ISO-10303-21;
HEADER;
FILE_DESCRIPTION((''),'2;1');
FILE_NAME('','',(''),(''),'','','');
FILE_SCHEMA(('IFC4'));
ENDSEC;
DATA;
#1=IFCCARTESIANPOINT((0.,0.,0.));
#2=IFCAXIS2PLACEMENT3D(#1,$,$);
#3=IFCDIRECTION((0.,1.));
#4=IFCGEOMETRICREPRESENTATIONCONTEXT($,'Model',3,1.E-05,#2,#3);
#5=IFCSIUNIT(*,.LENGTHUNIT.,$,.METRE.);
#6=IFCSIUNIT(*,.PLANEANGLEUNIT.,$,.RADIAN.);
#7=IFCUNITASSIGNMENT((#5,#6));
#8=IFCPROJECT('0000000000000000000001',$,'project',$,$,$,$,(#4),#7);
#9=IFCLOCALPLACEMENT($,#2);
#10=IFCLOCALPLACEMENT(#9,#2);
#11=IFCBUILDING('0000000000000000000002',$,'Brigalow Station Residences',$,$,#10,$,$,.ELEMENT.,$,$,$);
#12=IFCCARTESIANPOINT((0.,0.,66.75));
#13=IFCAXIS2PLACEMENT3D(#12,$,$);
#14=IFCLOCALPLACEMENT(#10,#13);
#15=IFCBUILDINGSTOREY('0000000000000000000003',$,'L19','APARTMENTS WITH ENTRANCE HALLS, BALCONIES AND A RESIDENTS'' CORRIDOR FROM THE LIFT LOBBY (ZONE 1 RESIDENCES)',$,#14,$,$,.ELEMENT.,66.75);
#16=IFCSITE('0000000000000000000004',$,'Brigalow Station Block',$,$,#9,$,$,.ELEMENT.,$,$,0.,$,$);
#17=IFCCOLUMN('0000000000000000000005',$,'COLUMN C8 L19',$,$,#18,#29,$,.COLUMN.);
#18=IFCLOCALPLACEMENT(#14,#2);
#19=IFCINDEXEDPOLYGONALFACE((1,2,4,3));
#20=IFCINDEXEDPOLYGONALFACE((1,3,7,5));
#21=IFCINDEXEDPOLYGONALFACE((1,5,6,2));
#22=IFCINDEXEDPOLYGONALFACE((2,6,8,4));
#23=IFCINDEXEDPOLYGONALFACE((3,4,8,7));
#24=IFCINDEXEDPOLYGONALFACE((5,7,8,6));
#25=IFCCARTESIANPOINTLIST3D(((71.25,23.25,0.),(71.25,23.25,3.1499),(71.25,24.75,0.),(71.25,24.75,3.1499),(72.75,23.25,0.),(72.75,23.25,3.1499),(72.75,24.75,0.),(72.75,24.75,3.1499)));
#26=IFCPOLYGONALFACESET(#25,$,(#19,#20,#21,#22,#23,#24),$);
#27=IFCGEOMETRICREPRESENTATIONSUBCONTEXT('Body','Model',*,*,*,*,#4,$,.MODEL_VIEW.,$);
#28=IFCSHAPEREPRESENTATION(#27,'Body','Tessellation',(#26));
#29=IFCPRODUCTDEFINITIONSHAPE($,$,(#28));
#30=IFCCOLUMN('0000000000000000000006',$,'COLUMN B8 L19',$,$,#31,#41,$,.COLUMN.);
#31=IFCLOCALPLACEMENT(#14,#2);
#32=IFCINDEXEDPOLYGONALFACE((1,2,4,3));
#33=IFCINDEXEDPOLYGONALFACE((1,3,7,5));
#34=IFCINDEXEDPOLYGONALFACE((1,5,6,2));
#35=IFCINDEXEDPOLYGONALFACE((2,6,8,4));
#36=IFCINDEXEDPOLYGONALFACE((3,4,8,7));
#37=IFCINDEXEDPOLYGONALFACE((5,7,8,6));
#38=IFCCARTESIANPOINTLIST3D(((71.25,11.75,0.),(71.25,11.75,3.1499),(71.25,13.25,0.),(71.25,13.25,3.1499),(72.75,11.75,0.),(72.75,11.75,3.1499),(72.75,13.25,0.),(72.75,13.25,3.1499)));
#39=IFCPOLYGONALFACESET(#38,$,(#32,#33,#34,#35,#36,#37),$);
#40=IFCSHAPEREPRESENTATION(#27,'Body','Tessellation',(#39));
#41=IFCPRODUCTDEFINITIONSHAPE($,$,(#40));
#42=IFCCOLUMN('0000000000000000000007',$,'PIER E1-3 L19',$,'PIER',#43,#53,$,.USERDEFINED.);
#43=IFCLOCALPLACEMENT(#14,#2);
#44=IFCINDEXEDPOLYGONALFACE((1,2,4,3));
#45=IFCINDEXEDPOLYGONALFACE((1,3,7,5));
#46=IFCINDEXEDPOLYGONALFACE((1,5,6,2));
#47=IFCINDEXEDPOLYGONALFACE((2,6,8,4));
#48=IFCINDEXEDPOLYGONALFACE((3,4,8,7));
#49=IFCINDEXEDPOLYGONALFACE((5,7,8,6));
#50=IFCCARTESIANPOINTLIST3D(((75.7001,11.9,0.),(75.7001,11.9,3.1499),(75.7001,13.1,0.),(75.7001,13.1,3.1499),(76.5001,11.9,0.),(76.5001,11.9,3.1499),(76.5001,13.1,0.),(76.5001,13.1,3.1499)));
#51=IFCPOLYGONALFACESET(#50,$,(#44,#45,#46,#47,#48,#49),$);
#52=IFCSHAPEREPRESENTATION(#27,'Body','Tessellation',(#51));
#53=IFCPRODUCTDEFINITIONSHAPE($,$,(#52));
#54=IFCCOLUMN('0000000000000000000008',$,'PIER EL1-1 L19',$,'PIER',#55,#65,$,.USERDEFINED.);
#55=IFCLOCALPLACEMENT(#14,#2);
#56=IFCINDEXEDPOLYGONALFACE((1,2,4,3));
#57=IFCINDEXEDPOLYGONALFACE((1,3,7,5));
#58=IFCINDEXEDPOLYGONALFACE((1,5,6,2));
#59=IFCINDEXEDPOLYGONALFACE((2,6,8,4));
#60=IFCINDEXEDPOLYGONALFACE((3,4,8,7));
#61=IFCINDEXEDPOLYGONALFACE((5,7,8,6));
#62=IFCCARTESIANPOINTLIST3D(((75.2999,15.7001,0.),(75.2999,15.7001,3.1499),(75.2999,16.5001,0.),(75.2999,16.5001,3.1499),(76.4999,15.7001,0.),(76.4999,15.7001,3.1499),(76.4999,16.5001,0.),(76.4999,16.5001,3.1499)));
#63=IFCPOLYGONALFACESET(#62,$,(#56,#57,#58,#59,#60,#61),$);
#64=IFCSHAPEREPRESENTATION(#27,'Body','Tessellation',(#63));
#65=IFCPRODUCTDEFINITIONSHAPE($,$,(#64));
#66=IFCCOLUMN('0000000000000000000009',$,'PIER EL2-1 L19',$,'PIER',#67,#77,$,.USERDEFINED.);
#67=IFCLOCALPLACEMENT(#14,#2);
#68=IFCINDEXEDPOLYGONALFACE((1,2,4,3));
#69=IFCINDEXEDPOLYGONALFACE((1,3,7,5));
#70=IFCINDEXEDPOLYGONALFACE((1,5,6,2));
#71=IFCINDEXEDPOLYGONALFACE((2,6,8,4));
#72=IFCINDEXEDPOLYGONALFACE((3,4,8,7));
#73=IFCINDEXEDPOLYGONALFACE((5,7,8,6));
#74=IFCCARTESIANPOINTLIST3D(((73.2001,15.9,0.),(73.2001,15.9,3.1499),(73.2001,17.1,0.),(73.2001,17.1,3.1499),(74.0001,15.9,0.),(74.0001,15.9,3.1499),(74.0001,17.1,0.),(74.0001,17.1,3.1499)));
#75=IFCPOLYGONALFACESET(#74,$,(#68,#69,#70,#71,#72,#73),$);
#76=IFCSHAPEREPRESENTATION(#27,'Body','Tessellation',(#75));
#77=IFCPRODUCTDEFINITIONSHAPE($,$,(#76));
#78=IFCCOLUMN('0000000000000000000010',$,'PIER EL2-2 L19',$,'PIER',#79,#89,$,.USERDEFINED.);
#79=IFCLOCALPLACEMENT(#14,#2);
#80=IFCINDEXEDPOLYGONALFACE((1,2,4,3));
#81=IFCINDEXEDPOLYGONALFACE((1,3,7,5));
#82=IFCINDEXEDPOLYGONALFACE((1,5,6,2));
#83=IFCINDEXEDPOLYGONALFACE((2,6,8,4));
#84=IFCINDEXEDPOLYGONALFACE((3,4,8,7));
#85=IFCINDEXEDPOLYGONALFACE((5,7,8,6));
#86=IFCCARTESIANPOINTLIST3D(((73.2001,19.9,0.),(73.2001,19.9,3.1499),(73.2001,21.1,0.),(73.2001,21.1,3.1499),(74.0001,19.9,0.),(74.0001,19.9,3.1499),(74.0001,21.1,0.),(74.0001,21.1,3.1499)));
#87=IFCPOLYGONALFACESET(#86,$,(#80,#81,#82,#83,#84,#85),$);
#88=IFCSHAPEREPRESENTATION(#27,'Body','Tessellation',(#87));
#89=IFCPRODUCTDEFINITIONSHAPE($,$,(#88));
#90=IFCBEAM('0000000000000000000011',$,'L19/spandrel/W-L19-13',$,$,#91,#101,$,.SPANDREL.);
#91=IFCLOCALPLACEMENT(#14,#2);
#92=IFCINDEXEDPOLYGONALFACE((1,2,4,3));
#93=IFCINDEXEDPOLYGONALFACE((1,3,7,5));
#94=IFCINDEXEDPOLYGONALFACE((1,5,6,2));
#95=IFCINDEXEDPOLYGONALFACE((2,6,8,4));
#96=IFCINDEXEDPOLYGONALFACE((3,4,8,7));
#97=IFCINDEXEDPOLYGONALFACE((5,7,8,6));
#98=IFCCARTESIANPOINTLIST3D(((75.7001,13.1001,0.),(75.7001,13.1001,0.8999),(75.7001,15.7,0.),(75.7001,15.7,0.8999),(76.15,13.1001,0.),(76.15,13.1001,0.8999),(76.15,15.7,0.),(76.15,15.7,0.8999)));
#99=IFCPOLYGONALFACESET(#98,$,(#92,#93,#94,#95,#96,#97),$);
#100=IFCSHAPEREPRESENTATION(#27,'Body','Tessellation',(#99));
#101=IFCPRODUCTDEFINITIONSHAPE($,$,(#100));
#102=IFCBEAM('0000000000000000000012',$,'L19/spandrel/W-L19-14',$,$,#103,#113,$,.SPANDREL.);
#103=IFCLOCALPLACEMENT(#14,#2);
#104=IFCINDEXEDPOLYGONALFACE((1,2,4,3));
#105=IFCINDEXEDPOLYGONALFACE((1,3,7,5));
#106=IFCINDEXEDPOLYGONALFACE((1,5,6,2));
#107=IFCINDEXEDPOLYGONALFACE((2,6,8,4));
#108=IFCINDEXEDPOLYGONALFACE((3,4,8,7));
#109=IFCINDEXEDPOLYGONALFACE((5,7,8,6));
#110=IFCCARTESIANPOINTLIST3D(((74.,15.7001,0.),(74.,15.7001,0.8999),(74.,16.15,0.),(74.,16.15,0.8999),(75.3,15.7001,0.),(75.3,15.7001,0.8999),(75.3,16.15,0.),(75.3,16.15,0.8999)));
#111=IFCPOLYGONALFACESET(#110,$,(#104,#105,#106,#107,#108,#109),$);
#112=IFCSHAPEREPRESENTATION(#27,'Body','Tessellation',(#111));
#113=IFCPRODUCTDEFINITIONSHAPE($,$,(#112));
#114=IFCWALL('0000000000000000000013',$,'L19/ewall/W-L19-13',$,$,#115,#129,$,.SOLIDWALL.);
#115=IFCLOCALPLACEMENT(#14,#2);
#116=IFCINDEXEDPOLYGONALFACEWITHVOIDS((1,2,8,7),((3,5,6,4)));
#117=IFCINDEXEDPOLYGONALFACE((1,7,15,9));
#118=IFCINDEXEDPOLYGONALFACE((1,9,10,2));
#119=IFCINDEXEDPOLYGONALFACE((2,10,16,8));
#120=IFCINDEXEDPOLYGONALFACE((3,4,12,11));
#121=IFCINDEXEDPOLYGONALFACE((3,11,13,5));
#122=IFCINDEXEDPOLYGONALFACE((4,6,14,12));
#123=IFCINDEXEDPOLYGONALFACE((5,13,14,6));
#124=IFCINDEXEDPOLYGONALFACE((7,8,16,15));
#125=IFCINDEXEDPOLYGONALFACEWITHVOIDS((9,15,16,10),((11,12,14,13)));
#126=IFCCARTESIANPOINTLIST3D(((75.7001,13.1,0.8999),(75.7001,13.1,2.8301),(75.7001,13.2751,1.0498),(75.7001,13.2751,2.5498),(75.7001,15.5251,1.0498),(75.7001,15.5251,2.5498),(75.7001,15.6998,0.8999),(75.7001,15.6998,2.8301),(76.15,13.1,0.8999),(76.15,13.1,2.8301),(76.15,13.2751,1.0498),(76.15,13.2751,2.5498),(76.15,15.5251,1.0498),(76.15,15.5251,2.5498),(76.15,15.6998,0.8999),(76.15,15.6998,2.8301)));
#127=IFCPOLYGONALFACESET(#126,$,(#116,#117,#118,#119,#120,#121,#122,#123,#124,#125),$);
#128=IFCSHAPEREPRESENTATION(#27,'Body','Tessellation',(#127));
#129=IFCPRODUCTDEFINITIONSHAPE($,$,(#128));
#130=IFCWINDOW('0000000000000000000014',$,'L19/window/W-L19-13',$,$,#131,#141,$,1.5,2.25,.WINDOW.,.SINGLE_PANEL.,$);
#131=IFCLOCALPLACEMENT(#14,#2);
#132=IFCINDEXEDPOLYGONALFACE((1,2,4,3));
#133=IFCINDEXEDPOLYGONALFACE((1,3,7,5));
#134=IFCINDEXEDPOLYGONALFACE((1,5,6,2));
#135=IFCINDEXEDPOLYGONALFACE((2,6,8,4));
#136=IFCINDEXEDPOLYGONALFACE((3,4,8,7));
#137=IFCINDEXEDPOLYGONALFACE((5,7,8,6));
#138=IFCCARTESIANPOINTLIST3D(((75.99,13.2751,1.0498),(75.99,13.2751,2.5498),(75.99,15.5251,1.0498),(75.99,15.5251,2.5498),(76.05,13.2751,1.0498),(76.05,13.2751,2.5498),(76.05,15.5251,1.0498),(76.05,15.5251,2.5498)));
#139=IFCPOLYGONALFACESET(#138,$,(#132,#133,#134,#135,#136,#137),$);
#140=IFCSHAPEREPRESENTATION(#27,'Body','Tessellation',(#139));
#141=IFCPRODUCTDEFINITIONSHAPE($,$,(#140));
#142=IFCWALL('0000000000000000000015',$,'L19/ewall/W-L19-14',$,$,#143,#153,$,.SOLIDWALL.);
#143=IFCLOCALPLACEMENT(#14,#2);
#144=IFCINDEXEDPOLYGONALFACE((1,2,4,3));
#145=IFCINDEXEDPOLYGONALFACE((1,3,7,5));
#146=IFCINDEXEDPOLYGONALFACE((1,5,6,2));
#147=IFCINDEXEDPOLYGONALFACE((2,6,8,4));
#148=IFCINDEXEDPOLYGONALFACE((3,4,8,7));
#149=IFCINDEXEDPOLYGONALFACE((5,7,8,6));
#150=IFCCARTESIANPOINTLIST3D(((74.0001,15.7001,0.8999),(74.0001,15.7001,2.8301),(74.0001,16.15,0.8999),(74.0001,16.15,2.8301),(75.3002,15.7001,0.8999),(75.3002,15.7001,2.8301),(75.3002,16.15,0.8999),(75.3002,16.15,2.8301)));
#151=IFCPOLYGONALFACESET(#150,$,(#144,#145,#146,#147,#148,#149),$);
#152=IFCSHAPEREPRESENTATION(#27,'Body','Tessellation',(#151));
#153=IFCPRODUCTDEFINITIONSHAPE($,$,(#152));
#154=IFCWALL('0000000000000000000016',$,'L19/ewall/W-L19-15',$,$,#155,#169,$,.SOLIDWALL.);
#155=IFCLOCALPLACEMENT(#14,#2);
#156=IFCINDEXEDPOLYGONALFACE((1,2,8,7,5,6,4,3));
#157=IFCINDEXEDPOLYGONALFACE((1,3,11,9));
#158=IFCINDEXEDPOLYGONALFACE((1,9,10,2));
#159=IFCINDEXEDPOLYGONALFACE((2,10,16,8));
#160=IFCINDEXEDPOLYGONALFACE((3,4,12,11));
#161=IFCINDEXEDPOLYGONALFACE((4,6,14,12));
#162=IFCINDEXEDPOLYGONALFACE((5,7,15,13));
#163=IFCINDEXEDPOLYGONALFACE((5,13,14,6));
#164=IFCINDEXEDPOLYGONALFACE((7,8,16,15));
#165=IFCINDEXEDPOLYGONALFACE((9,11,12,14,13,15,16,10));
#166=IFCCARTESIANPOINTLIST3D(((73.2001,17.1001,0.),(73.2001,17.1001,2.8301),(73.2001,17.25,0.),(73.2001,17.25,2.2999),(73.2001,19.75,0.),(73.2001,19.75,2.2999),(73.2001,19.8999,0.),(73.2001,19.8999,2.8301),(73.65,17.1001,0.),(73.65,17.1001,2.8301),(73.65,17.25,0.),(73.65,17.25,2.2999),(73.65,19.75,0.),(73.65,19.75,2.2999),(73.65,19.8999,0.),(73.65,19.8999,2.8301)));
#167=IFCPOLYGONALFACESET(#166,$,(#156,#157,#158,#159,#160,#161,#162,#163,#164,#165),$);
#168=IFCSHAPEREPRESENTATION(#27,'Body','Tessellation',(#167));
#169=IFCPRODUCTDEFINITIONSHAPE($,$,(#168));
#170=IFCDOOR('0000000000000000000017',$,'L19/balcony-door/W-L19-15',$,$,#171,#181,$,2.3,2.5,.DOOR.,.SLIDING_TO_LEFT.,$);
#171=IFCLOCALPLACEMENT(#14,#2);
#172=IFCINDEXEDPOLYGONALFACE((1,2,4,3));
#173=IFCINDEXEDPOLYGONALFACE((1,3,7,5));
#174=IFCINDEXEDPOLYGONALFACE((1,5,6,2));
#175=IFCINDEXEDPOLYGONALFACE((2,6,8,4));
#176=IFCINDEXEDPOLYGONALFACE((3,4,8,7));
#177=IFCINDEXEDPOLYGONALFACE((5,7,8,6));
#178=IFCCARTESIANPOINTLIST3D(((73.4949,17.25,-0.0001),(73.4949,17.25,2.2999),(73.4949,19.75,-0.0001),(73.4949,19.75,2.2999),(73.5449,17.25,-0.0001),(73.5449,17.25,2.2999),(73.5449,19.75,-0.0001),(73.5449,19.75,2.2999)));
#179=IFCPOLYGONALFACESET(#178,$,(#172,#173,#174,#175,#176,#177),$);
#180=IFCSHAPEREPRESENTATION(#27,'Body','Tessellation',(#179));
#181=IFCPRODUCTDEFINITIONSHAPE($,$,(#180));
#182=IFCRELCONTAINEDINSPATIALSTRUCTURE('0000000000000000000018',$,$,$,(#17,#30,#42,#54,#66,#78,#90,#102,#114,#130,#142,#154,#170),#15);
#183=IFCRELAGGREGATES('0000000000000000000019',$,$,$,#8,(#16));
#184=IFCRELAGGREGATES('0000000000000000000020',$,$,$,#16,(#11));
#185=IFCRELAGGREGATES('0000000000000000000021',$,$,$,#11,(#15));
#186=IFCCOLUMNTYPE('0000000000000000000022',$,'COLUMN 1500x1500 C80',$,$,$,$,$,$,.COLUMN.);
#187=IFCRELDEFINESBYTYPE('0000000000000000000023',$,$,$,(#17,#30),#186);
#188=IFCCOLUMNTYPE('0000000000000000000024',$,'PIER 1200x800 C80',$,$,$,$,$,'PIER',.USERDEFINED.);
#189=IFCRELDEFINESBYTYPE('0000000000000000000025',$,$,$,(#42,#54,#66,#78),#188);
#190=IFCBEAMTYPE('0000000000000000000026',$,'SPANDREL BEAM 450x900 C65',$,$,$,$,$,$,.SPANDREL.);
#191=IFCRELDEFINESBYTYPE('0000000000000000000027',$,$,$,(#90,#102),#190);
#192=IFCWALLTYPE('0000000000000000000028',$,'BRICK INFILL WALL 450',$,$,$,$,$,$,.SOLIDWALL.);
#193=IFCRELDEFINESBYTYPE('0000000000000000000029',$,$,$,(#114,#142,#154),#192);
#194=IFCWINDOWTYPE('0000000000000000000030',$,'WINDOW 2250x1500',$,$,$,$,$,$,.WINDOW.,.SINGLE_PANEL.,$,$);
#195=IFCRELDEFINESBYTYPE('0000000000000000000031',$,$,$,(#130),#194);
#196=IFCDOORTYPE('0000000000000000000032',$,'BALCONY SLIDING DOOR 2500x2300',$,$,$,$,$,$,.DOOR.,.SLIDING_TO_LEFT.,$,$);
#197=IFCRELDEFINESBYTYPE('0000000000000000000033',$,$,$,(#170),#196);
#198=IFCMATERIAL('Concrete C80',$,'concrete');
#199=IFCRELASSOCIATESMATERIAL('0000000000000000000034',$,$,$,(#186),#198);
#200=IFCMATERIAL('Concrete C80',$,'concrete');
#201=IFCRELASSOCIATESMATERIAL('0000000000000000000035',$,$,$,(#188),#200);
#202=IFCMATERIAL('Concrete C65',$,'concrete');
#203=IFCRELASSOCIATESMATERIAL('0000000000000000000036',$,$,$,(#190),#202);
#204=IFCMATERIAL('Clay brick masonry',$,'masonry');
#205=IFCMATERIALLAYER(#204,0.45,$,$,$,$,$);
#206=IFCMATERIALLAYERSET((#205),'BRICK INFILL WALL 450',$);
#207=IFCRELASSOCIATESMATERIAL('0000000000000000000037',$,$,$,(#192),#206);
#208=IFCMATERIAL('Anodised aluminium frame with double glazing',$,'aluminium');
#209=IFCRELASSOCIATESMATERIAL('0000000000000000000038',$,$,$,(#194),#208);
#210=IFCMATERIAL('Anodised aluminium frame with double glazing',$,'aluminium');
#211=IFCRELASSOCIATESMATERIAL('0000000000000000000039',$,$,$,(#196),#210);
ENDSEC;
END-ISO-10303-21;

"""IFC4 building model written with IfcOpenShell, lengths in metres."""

from ifc_helpers import new_model, si_unit, direction, frame, frame_2d, origin, origin_2d, place, context, subcontext, project, spatial, rectangle, extrude, material, layer, layer_set, material_profile, profile_set, type_object, element, fill, save


model = new_model("IFC4")

# Units and contexts
model_context = context("Model", 3, precision=1e-05, world=origin(), true_north=direction((0.0, 1.0)))
body_context = subcontext(model_context, "Body", "Model", "MODEL_VIEW")
ifc_project = project(units=[si_unit("LENGTHUNIT", "METRE"), si_unit("PLANEANGLEUNIT", "RADIAN")], contexts=[model_context])

# Site, building, storey
site_placement = place(None, origin())
site = spatial("IfcSite", under=ifc_project, at=site_placement, Name="Brigalow Station Block", CompositionType="ELEMENT", RefElevation=0.0)
building_placement = place(site_placement, origin())
building = spatial("IfcBuilding", under=site, at=building_placement, Name="Brigalow Station Residences", CompositionType="ELEMENT")
storey_placement = place(building_placement, frame((0.0, 0.0, 66.75)))
storey = spatial("IfcBuildingStorey", under=building, at=storey_placement, Name="L19", Description="APARTMENTS WITH ENTRANCE HALLS, BALCONIES AND A RESIDENTS' CORRIDOR FROM THE LIFT LOBBY (ZONE 1 RESIDENCES)", CompositionType="ELEMENT", Elevation=66.75)

# Columns
ifc_material_1 = material(Name="Concrete C80", Category="concrete")
ifc_material_profile_1 = material_profile(ifc_material_1, rectangle(XDim=1.5, YDim=1.5, at=origin_2d()), Name="RC1500x1500")
ifc_profile_set_1 = profile_set([ifc_material_profile_1], Name="Concrete C80")
column_type_1 = type_object("IfcColumnType", Name="COLUMN 1500x1500 C80", PredefinedType="COLUMN", material=ifc_profile_set_1)
for number, where, z_axis, x_axis, name in (
    (1, (72.0, 24.0, 0.0), (0.0, 0.0, 1.0), (1.0, 0.0, 0.0), "COLUMN C8 L19"),
    (2, (72.0, 12.5, 0.0), (0.0, 0.0, 1.0), (1.0, 0.0, 0.0), "COLUMN B8 L19"),
):
    element("IfcColumn", number, at=place(storey_placement, frame(where, z_axis=z_axis, x_axis=x_axis)), inside=storey, type_object=column_type_1, Name=name, PredefinedType="COLUMN", context=body_context, shape_type="SweptSolid", body=[
        extrude(rectangle(XDim=1.5, YDim=1.5, at=origin_2d()), origin(), (0.0, 0.0, 1.0), 3.1499),
    ])
ifc_material_2 = material(Name="Concrete C80", Category="concrete")
ifc_material_profile_2 = material_profile(ifc_material_2, rectangle(XDim=1.2, YDim=0.8, at=origin_2d()), Name="RC1200x800")
ifc_profile_set_2 = profile_set([ifc_material_profile_2], Name="Concrete C80")
column_type_2 = type_object("IfcColumnType", Name="PIER 1200x800 C80", ElementType="PIER", PredefinedType="USERDEFINED", material=ifc_profile_set_2)
for number, where, z_axis, x_axis, name in (
    (3, (76.1001, 12.5, 0.0), (0.0, 0.0, 1.0), (0.0, 1.0, 0.0), "PIER E1-3 L19"),
    (4, (75.8999, 16.1001, 0.0), (0.0, 0.0, 1.0), (-1.0, 0.0, 0.0), "PIER EL1-1 L19"),
    (5, (73.6001, 16.5, 0.0), (0.0, 0.0, 1.0), (0.0, 1.0, 0.0), "PIER EL2-1 L19"),
    (6, (73.6001, 20.5, 0.0), (0.0, 0.0, 1.0), (0.0, 1.0, 0.0), "PIER EL2-2 L19"),
):
    element("IfcColumn", number, at=place(storey_placement, frame(where, z_axis=z_axis, x_axis=x_axis)), inside=storey, type_object=column_type_2, Name=name, ObjectType="PIER", PredefinedType="USERDEFINED", context=body_context, shape_type="SweptSolid", body=[
        extrude(rectangle(XDim=1.2, YDim=0.8, at=origin_2d()), origin(), (0.0, 0.0, 1.0), 3.1499),
    ])

# Beams
ifc_material_3 = material(Name="Concrete C65", Category="concrete")
ifc_material_profile_3 = material_profile(ifc_material_3, rectangle(XDim=0.45, YDim=0.8999, at=origin_2d()), Name="RC450x900")
ifc_profile_set_3 = profile_set([ifc_material_profile_3], Name="Concrete C65")
beam_type = type_object("IfcBeamType", Name="SPANDREL BEAM 450x900 C65", PredefinedType="SPANDREL", material=ifc_profile_set_3)
beam_1_placement = place(storey_placement, frame((75.925, 13.1001, 0.45), z_axis=(0.0, 1.0, 0.0), x_axis=(-1.0, 0.0, 0.0)))
element("IfcBeam", 7, at=beam_1_placement, inside=storey, type_object=beam_type, Name="L19/spandrel/W-L19-13", PredefinedType="SPANDREL", context=body_context, shape_type="SweptSolid", body=[
    extrude(rectangle(XDim=0.45, YDim=0.8999, at=origin_2d()), origin(), (0.0, 0.0, 1.0), 2.5999),
])
beam_2_placement = place(storey_placement, frame((75.3, 15.925, 0.45), z_axis=(-1.0, 0.0, 0.0), x_axis=(0.0, -1.0, 0.0)))
element("IfcBeam", 8, at=beam_2_placement, inside=storey, type_object=beam_type, Name="L19/spandrel/W-L19-14", PredefinedType="SPANDREL", context=body_context, shape_type="SweptSolid", body=[
    extrude(rectangle(XDim=0.45, YDim=0.8999, at=origin_2d()), origin(), (0.0, 0.0, 1.0), 1.3),
])

# Wall, opening, window
ifc_material_4 = material(Name="Clay brick masonry", Category="masonry")
ifc_layer_1 = layer(ifc_material_4, 0.45)
ifc_layer_set_1 = layer_set([ifc_layer_1], Name="BRICK INFILL WALL 450")
wall_type_1 = type_object("IfcWallType", Name="BRICK INFILL WALL 450", PredefinedType="SOLIDWALL", material=ifc_layer_set_1)
wall_1_placement = place(storey_placement, frame((75.925, 13.1001, 0.8999), z_axis=(0.0, 0.0, 1.0), x_axis=(0.0, 1.0, 0.0)))
wall_1 = element("IfcWall", 9, at=wall_1_placement, inside=storey, type_object=wall_type_1, Name="L19/ewall/W-L19-13", PredefinedType="SOLIDWALL", context=body_context, shape_type="SweptSolid", body=[
    extrude(rectangle(XDim=2.5999, YDim=0.45, at=frame_2d((1.2998, 0.0))), origin(), (0.0, 0.0, 1.0), 1.9302),
])
opening_1_placement = place(wall_1_placement, frame((0.175, 0.0, 0.1499)))
opening_1 = element("IfcOpeningElement", 10, at=opening_1_placement, cuts=wall_1, PredefinedType="OPENING", context=body_context, shape_type="SweptSolid", body=[
    extrude(rectangle(XDim=2.25, YDim=1.5, at=frame_2d((1.125, 0.75))), frame((0.0, 0.2349, 0.0), z_axis=(0.0, -1.0, 0.0), x_axis=(1.0, 0.0, 0.0)), (0.0, 0.0, 1.0), 0.47),
])
ifc_material_5 = material(Name="Anodised aluminium frame with double glazing", Category="aluminium")
window_type = type_object("IfcWindowType", Name="WINDOW 2250x1500", PartitioningType="SINGLE_PANEL", PredefinedType="WINDOW", material=ifc_material_5)
window_placement = place(opening_1_placement, origin())
window = element("IfcWindow", 11, at=window_placement, inside=storey, type_object=window_type, Name="L19/window/W-L19-13", OverallHeight=1.5, OverallWidth=2.25, PartitioningType="SINGLE_PANEL", PredefinedType="WINDOW", context=body_context, shape_type="SweptSolid", body=[
    extrude(rectangle(XDim=2.25, YDim=1.5, at=frame_2d((1.125, 0.75))), frame((0.0, -0.0649, 0.0), z_axis=(0.0, -1.0, 0.0), x_axis=(1.0, 0.0, 0.0)), (0.0, 0.0, 1.0), 0.0601),
])
fill(opening_1, window)

# Wall
wall_2_placement = place(storey_placement, frame((75.3, 15.925, 0.8999), z_axis=(0.0, 0.0, 1.0), x_axis=(-1.0, 0.0, 0.0)))
element("IfcWall", 12, at=wall_2_placement, inside=storey, type_object=wall_type_1, Name="L19/ewall/W-L19-14", PredefinedType="SOLIDWALL", context=body_context, shape_type="SweptSolid", body=[
    extrude(rectangle(XDim=1.3, YDim=0.45, at=frame_2d((0.6499, 0.0))), origin(), (0.0, 0.0, 1.0), 1.9302),
])

# Wall, opening, door
wall_3_placement = place(storey_placement, frame((73.425, 17.1001, 0.0), z_axis=(0.0, 0.0, 1.0), x_axis=(0.0, 1.0, 0.0)))
wall_3 = element("IfcWall", 13, at=wall_3_placement, inside=storey, type_object=wall_type_1, Name="L19/ewall/W-L19-15", PredefinedType="SOLIDWALL", context=body_context, shape_type="SweptSolid", body=[
    extrude(rectangle(XDim=2.7998, YDim=0.45, at=frame_2d((1.3999, 0.0))), origin(), (0.0, 0.0, 1.0), 2.8301),
])
opening_2_placement = place(wall_3_placement, frame((0.1499, 0.0, 0.0)))
opening_2 = element("IfcOpeningElement", 14, at=opening_2_placement, cuts=wall_3, PredefinedType="OPENING", context=body_context, shape_type="SweptSolid", body=[
    extrude(rectangle(XDim=2.5, YDim=2.3, at=frame_2d((1.25, 1.1499))), frame((0.0, 0.2349, 0.0), z_axis=(0.0, -1.0, 0.0), x_axis=(1.0, 0.0, 0.0)), (0.0, 0.0, 1.0), 0.47),
])
ifc_material_6 = material(Name="Anodised aluminium frame with double glazing", Category="aluminium")
door_type_1 = type_object("IfcDoorType", Name="BALCONY SLIDING DOOR 2500x2300", OperationType="SLIDING_TO_LEFT", PredefinedType="DOOR", material=ifc_material_6)
door_1_placement = place(opening_2_placement, origin())
door_1 = element("IfcDoor", 15, at=door_1_placement, inside=storey, type_object=door_type_1, Name="L19/balcony-door/W-L19-15", OperationType="SLIDING_TO_LEFT", OverallHeight=2.3, OverallWidth=2.5, PredefinedType="DOOR", context=body_context, shape_type="SweptSolid", body=[
    extrude(rectangle(XDim=2.5, YDim=2.3, at=frame_2d((1.25, 1.1499))), frame((0.0, -0.0698, 0.0), z_axis=(0.0, -1.0, 0.0), x_axis=(1.0, 0.0, 0.0)), (0.0, 0.0, 1.0), 0.05),
])
fill(opening_2, door_1)

save(model, "model.ifc")
